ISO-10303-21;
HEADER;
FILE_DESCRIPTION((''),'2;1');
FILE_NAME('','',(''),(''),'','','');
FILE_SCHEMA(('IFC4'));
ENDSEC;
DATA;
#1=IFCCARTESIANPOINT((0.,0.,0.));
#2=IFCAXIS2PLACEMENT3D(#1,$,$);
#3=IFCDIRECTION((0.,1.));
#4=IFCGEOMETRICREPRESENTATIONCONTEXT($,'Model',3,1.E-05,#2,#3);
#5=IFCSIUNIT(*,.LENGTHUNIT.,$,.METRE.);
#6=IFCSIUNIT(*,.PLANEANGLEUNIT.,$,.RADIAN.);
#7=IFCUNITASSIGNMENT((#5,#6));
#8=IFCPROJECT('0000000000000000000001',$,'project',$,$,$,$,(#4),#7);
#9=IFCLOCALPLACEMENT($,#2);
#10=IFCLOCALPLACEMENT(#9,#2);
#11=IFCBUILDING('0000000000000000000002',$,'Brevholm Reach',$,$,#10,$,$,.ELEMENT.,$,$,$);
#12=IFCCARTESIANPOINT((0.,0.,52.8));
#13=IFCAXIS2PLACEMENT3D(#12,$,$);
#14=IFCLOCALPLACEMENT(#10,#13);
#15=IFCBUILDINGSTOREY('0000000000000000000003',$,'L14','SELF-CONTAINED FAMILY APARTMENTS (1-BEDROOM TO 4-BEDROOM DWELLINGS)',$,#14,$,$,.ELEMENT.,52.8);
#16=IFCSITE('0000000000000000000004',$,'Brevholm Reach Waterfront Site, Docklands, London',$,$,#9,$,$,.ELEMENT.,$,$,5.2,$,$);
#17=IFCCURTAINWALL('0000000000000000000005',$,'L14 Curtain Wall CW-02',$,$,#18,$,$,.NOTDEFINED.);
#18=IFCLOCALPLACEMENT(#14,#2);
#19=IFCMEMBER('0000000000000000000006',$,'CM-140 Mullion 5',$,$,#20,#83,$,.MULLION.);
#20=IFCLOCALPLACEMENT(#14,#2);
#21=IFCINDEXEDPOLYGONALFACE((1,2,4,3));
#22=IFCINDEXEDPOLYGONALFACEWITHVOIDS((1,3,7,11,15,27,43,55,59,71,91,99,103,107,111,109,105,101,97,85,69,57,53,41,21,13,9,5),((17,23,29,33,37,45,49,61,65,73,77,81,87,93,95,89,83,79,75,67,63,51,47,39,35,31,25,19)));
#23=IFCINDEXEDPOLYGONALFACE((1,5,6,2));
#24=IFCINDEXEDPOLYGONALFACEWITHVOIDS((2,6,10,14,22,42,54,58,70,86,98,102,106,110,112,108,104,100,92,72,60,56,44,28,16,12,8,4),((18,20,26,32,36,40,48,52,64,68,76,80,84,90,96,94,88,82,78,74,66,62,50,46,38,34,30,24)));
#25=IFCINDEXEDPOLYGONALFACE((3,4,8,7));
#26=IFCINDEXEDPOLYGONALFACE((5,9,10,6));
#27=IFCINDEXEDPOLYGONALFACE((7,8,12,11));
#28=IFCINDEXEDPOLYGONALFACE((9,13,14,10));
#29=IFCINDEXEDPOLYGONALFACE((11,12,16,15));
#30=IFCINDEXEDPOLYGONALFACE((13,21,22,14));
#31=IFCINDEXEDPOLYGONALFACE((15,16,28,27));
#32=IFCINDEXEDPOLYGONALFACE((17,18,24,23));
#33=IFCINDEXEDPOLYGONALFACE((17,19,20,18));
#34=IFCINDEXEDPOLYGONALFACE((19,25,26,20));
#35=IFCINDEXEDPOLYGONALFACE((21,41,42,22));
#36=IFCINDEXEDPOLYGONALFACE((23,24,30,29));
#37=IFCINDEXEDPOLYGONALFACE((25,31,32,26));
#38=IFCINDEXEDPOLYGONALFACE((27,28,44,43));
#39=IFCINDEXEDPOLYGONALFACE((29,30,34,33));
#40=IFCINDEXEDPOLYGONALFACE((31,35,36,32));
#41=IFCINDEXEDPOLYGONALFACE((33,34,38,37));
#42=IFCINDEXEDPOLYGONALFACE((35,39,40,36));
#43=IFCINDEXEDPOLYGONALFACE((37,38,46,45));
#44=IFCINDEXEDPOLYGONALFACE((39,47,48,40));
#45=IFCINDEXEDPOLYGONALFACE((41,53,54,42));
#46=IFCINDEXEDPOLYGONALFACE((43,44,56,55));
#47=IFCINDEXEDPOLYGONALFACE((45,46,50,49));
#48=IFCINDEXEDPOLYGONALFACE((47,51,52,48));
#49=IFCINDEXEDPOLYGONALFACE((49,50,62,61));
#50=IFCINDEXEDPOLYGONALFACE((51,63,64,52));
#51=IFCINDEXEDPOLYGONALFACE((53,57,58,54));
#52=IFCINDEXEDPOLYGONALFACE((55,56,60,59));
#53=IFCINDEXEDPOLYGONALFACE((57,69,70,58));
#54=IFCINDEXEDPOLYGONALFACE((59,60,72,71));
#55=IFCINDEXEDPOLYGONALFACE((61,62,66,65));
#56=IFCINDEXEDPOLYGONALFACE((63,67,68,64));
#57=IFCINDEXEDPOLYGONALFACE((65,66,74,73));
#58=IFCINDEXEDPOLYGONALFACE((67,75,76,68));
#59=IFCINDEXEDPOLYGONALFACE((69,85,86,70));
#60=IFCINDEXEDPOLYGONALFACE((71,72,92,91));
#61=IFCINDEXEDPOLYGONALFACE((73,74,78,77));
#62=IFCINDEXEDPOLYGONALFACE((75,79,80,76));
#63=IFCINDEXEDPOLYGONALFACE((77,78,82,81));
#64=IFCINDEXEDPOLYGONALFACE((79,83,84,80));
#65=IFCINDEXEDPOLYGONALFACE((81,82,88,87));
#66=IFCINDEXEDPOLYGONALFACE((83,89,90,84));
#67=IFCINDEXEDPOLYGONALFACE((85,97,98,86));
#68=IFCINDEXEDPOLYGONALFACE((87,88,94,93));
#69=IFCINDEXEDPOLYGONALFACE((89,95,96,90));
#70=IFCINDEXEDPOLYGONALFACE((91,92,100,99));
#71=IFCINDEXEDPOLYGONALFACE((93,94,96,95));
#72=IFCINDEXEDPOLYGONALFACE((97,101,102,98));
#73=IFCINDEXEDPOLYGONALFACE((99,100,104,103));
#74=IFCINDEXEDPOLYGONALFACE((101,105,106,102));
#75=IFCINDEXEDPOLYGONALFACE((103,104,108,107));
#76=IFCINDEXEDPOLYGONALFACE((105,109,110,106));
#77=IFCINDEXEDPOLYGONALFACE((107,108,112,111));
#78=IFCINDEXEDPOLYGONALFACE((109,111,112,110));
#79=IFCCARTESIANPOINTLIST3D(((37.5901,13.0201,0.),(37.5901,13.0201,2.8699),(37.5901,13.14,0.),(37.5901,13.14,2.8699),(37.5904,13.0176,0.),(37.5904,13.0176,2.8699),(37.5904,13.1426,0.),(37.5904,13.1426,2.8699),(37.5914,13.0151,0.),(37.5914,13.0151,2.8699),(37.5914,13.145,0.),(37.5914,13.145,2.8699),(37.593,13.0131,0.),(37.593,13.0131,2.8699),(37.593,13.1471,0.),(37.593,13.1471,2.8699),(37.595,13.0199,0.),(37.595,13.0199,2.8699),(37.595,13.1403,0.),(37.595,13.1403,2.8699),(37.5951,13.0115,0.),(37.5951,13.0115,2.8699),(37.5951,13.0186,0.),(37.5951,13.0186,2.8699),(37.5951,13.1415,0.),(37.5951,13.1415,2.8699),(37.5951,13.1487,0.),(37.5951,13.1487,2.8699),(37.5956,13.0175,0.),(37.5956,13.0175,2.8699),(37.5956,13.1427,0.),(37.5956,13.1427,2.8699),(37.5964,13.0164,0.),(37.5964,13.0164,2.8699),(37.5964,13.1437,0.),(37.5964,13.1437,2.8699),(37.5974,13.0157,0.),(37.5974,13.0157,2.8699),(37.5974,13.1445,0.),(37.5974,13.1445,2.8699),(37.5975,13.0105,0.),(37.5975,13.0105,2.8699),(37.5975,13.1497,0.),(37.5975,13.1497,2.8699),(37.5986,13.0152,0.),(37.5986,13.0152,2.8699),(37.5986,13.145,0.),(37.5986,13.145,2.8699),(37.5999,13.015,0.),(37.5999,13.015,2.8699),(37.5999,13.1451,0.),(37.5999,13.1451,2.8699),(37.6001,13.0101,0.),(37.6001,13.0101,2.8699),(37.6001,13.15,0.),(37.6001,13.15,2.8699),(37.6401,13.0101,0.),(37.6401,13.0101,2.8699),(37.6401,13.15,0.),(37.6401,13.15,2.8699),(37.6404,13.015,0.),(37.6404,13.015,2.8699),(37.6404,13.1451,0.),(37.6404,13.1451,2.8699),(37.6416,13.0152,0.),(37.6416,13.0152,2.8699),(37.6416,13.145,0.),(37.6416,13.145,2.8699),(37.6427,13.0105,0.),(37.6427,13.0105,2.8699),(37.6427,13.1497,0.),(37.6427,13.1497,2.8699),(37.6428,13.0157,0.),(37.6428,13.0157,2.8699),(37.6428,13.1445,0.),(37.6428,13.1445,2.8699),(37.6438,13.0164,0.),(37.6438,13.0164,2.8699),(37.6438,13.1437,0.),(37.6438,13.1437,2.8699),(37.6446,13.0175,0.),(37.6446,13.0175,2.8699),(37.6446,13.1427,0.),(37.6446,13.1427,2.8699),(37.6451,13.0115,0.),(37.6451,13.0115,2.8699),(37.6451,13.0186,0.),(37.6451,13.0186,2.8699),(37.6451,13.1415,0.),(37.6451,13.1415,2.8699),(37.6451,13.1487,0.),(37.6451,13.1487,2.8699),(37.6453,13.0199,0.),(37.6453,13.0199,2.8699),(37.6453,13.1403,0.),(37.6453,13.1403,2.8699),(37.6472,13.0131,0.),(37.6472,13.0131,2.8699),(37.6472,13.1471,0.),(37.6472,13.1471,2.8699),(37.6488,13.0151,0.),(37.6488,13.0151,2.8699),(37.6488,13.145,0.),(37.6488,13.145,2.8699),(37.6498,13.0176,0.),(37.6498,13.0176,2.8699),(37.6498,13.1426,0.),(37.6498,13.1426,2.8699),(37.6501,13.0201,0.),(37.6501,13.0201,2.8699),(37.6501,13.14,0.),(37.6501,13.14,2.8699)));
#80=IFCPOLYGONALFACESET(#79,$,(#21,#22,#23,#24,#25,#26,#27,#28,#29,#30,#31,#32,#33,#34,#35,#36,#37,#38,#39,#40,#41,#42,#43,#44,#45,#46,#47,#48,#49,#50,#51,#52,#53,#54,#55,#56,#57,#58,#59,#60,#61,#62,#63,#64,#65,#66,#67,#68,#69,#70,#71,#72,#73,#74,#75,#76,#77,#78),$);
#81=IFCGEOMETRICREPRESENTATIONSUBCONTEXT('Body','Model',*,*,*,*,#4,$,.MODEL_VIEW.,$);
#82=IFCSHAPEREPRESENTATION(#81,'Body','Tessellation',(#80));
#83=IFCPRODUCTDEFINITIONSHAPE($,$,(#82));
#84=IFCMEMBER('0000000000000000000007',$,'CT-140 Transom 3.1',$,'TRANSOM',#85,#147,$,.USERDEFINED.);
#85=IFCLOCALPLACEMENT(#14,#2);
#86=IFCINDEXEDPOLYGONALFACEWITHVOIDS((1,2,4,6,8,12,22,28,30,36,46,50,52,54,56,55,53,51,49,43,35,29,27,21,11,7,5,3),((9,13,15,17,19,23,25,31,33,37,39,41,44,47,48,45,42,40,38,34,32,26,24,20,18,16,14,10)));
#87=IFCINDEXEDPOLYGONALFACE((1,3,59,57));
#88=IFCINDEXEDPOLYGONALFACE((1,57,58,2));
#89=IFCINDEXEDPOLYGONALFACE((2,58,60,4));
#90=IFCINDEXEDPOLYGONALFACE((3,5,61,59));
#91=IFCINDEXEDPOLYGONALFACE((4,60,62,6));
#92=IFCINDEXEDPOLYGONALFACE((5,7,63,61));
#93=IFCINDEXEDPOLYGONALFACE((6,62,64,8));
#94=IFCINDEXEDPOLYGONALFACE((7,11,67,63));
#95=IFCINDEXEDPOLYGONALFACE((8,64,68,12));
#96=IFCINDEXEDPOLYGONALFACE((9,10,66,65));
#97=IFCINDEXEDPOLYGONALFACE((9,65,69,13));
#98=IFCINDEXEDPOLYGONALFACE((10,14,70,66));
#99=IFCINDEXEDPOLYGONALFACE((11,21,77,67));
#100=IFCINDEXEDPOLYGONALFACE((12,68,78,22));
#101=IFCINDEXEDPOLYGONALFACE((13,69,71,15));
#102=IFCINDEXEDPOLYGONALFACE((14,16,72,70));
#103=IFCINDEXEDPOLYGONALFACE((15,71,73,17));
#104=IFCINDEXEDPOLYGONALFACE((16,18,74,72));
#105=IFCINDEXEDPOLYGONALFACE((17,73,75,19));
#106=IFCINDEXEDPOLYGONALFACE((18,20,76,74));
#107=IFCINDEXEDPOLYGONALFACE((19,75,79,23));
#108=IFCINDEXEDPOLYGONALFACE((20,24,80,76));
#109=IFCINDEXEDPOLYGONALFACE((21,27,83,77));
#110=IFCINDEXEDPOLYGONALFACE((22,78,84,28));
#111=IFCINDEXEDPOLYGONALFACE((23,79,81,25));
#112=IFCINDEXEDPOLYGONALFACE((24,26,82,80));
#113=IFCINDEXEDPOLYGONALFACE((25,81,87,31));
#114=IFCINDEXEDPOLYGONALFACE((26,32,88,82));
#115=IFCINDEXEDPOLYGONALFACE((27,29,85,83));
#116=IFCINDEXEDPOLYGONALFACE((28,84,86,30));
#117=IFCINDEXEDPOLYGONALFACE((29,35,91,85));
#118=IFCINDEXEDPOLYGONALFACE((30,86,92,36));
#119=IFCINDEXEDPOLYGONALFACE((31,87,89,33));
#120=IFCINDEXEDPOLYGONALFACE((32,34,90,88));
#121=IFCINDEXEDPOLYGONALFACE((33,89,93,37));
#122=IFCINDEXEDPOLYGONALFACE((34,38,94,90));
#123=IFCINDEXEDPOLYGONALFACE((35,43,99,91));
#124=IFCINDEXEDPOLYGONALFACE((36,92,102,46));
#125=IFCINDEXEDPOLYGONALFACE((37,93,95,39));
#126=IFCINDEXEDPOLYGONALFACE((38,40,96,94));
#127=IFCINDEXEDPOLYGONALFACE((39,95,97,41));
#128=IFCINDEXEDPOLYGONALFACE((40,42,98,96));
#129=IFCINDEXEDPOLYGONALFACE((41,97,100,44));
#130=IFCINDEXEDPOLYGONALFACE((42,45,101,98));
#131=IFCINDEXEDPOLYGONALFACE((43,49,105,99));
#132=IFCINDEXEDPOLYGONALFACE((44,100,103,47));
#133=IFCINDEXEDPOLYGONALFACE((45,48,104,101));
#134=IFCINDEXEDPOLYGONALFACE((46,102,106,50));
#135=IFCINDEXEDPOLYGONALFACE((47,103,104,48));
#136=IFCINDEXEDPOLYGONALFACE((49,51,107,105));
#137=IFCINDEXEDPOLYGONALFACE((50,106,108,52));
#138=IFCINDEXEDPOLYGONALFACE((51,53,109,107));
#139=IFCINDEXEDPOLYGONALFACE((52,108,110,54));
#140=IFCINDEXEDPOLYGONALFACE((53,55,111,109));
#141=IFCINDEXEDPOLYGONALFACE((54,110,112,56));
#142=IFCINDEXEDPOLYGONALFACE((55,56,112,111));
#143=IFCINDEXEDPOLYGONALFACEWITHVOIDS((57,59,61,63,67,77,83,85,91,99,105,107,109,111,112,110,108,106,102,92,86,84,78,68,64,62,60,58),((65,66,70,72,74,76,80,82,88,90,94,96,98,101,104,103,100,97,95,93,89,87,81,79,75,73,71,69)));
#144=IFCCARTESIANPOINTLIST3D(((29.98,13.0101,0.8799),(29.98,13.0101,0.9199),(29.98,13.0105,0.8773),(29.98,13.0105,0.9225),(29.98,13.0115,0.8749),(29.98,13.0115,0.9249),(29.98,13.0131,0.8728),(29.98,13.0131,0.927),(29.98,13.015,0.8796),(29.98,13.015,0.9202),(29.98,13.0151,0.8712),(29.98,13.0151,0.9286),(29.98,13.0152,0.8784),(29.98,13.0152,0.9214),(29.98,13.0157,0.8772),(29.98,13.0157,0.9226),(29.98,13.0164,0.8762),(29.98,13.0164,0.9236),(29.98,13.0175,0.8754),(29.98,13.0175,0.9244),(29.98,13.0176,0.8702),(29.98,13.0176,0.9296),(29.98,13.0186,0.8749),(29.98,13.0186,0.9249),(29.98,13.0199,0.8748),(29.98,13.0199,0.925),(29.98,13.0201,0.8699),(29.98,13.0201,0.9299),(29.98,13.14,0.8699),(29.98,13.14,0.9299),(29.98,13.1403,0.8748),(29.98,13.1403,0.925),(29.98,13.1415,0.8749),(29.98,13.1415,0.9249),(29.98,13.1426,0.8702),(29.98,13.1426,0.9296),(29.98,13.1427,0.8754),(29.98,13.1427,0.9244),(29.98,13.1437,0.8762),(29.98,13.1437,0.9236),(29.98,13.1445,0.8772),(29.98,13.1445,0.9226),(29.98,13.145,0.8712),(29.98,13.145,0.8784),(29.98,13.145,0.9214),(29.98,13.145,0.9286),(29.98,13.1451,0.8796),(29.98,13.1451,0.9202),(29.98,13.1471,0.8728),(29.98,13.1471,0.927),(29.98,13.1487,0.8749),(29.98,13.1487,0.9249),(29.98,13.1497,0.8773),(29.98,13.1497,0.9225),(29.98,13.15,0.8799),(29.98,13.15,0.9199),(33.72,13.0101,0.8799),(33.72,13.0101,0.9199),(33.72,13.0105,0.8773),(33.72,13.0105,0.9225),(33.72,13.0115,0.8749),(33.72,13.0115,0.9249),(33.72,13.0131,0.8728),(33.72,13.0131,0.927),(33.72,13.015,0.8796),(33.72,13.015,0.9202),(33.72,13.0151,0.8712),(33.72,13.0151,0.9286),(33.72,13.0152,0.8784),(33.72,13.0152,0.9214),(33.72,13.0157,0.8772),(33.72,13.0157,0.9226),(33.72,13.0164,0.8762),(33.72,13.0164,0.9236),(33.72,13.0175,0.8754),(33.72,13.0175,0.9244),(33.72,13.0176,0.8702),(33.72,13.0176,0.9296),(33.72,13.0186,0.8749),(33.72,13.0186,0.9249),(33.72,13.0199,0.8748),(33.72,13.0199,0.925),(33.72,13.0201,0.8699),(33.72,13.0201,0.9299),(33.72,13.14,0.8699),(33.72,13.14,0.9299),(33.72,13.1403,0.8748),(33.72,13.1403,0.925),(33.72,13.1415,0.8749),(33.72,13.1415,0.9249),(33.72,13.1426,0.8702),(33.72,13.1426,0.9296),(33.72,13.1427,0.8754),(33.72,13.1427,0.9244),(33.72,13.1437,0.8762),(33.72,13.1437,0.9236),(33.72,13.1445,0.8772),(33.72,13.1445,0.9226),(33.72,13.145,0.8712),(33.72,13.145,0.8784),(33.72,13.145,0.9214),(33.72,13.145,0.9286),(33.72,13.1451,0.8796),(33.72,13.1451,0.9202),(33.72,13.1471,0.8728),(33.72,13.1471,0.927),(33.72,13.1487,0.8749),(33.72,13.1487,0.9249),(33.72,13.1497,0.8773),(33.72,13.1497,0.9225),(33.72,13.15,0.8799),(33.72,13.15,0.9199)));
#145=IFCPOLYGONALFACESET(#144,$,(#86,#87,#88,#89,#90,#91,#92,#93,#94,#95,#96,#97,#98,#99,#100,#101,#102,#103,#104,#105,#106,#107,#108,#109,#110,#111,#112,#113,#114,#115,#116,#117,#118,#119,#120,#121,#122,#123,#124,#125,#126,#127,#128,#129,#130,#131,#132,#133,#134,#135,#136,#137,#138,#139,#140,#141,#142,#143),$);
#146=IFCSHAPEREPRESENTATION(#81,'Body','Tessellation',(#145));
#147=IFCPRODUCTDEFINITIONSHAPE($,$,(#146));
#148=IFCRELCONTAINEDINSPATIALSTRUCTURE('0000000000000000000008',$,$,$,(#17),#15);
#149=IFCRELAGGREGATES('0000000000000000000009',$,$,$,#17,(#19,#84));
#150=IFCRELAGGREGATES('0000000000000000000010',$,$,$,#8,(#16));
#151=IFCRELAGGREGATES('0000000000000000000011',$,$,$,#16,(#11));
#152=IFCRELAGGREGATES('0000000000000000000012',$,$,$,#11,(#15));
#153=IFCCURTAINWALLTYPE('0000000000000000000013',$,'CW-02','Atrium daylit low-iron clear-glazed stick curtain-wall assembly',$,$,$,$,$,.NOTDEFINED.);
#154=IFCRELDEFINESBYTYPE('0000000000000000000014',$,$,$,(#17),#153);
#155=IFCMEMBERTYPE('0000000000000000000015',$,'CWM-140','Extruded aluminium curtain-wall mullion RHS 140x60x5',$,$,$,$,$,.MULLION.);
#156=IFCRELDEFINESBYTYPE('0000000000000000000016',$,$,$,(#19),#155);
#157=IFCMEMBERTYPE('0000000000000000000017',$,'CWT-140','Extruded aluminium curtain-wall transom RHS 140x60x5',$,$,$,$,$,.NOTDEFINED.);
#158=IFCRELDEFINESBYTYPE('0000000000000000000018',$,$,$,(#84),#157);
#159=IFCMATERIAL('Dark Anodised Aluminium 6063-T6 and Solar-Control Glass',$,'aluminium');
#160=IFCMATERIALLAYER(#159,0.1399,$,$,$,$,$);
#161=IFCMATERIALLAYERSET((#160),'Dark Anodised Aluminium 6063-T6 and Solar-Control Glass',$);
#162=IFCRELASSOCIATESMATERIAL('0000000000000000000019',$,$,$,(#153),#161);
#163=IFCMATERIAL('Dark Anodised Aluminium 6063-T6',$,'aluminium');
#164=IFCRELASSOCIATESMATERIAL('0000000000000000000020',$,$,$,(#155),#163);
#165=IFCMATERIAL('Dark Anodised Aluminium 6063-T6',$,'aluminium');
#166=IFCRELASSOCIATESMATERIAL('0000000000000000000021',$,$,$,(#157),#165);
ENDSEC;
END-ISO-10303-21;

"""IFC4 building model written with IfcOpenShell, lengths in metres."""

from ifc_helpers import new_model, si_unit, direction, frame, origin, origin_2d, place, context, subcontext, project, spatial, hollow_rectangle, extrude, material, layer, layer_set, material_profile, profile_set, type_object, element, aggregate, save


model = new_model("IFC4")

# Units and contexts
model_context = context("Model", 3, precision=1e-05, world=origin(), true_north=direction((0.0, 1.0)))
body_context = subcontext(model_context, "Body", "Model", "MODEL_VIEW")
ifc_project = project(units=[si_unit("LENGTHUNIT", "METRE"), si_unit("PLANEANGLEUNIT", "RADIAN")], contexts=[model_context])

# Site, building, storey
site_placement = place(None, origin())
site = spatial("IfcSite", under=ifc_project, at=site_placement, Name="Brevholm Reach Waterfront Site, Docklands, London", CompositionType="ELEMENT", RefElevation=5.2)
building_placement = place(site_placement, origin())
building = spatial("IfcBuilding", under=site, at=building_placement, Name="Brevholm Reach", CompositionType="ELEMENT")
storey_placement = place(building_placement, frame((0.0, 0.0, 52.8)))
storey = spatial("IfcBuildingStorey", under=building, at=storey_placement, Name="L14", Description="SELF-CONTAINED FAMILY APARTMENTS (1-BEDROOM TO 4-BEDROOM DWELLINGS)", CompositionType="ELEMENT", Elevation=52.8)

# Curtain wall, members
ifc_material_1 = material(Name="Dark Anodised Aluminium 6063-T6 and Solar-Control Glass", Category="aluminium")
ifc_layer_1 = layer(ifc_material_1, 0.1399)
ifc_layer_set_1 = layer_set([ifc_layer_1], Name="Dark Anodised Aluminium 6063-T6 and Solar-Control Glass")
curtain_wall_type = type_object("IfcCurtainWallType", Name="CW-02", Description="Atrium daylit low-iron clear-glazed stick curtain-wall assembly", PredefinedType="NOTDEFINED", material=ifc_layer_set_1)
curtain_wall_placement = place(storey_placement, origin())
curtain_wall = element("IfcCurtainWall", 1, at=curtain_wall_placement, inside=storey, type_object=curtain_wall_type, Name="L14 Curtain Wall CW-02", PredefinedType="NOTDEFINED")
ifc_material_2 = material(Name="Dark Anodised Aluminium 6063-T6", Category="aluminium")
ifc_material_profile_1 = material_profile(ifc_material_2, hollow_rectangle(XDim=0.0601, YDim=0.1399, WallThickness=0.0049, InnerFilletRadius=0.0049, OuterFilletRadius=0.01, at=origin_2d()), Name="RHS 140x60x5")
ifc_profile_set_1 = profile_set([ifc_material_profile_1], Name="Dark Anodised Aluminium 6063-T6")
member_type_1 = type_object("IfcMemberType", Name="CWM-140", Description="Extruded aluminium curtain-wall mullion RHS 140x60x5", PredefinedType="MULLION", material=ifc_profile_set_1)
member_1_placement = place(storey_placement, frame((37.6201, 13.0801, 0.0), z_axis=(0.0, 0.0, 1.0), x_axis=(1.0, 0.0, 0.0)))
member_1 = element("IfcMember", 2, at=member_1_placement, type_object=member_type_1, Name="CM-140 Mullion 5", PredefinedType="MULLION", context=body_context, shape_type="SweptSolid", body=[
    extrude(hollow_rectangle(XDim=0.0601, YDim=0.1399, WallThickness=0.0049, InnerFilletRadius=0.0049, OuterFilletRadius=0.01, at=origin_2d()), origin(), (0.0, 0.0, 1.0), 2.8699),
])
ifc_material_3 = material(Name="Dark Anodised Aluminium 6063-T6", Category="aluminium")
ifc_material_profile_2 = material_profile(ifc_material_3, hollow_rectangle(XDim=0.0601, YDim=0.1399, WallThickness=0.0049, InnerFilletRadius=0.0049, OuterFilletRadius=0.01, at=origin_2d()), Name="RHS 140x60x5")
ifc_profile_set_2 = profile_set([ifc_material_profile_2], Name="Dark Anodised Aluminium 6063-T6")
member_type_2 = type_object("IfcMemberType", Name="CWT-140", Description="Extruded aluminium curtain-wall transom RHS 140x60x5", PredefinedType="NOTDEFINED", material=ifc_profile_set_2)
member_2_placement = place(storey_placement, frame((29.98, 13.0801, 0.8999), z_axis=(1.0, 0.0, 0.0), x_axis=(0.0, 0.0, 1.0)))
member_2 = element("IfcMember", 3, at=member_2_placement, type_object=member_type_2, Name="CT-140 Transom 3.1", ObjectType="TRANSOM", PredefinedType="USERDEFINED", context=body_context, shape_type="SweptSolid", body=[
    extrude(hollow_rectangle(XDim=0.0601, YDim=0.1399, WallThickness=0.0049, InnerFilletRadius=0.0049, OuterFilletRadius=0.01, at=origin_2d()), origin(), (0.0, 0.0, 1.0), 3.74),
])
aggregate(curtain_wall, [member_1, member_2])

save(model, "model.ifc")
